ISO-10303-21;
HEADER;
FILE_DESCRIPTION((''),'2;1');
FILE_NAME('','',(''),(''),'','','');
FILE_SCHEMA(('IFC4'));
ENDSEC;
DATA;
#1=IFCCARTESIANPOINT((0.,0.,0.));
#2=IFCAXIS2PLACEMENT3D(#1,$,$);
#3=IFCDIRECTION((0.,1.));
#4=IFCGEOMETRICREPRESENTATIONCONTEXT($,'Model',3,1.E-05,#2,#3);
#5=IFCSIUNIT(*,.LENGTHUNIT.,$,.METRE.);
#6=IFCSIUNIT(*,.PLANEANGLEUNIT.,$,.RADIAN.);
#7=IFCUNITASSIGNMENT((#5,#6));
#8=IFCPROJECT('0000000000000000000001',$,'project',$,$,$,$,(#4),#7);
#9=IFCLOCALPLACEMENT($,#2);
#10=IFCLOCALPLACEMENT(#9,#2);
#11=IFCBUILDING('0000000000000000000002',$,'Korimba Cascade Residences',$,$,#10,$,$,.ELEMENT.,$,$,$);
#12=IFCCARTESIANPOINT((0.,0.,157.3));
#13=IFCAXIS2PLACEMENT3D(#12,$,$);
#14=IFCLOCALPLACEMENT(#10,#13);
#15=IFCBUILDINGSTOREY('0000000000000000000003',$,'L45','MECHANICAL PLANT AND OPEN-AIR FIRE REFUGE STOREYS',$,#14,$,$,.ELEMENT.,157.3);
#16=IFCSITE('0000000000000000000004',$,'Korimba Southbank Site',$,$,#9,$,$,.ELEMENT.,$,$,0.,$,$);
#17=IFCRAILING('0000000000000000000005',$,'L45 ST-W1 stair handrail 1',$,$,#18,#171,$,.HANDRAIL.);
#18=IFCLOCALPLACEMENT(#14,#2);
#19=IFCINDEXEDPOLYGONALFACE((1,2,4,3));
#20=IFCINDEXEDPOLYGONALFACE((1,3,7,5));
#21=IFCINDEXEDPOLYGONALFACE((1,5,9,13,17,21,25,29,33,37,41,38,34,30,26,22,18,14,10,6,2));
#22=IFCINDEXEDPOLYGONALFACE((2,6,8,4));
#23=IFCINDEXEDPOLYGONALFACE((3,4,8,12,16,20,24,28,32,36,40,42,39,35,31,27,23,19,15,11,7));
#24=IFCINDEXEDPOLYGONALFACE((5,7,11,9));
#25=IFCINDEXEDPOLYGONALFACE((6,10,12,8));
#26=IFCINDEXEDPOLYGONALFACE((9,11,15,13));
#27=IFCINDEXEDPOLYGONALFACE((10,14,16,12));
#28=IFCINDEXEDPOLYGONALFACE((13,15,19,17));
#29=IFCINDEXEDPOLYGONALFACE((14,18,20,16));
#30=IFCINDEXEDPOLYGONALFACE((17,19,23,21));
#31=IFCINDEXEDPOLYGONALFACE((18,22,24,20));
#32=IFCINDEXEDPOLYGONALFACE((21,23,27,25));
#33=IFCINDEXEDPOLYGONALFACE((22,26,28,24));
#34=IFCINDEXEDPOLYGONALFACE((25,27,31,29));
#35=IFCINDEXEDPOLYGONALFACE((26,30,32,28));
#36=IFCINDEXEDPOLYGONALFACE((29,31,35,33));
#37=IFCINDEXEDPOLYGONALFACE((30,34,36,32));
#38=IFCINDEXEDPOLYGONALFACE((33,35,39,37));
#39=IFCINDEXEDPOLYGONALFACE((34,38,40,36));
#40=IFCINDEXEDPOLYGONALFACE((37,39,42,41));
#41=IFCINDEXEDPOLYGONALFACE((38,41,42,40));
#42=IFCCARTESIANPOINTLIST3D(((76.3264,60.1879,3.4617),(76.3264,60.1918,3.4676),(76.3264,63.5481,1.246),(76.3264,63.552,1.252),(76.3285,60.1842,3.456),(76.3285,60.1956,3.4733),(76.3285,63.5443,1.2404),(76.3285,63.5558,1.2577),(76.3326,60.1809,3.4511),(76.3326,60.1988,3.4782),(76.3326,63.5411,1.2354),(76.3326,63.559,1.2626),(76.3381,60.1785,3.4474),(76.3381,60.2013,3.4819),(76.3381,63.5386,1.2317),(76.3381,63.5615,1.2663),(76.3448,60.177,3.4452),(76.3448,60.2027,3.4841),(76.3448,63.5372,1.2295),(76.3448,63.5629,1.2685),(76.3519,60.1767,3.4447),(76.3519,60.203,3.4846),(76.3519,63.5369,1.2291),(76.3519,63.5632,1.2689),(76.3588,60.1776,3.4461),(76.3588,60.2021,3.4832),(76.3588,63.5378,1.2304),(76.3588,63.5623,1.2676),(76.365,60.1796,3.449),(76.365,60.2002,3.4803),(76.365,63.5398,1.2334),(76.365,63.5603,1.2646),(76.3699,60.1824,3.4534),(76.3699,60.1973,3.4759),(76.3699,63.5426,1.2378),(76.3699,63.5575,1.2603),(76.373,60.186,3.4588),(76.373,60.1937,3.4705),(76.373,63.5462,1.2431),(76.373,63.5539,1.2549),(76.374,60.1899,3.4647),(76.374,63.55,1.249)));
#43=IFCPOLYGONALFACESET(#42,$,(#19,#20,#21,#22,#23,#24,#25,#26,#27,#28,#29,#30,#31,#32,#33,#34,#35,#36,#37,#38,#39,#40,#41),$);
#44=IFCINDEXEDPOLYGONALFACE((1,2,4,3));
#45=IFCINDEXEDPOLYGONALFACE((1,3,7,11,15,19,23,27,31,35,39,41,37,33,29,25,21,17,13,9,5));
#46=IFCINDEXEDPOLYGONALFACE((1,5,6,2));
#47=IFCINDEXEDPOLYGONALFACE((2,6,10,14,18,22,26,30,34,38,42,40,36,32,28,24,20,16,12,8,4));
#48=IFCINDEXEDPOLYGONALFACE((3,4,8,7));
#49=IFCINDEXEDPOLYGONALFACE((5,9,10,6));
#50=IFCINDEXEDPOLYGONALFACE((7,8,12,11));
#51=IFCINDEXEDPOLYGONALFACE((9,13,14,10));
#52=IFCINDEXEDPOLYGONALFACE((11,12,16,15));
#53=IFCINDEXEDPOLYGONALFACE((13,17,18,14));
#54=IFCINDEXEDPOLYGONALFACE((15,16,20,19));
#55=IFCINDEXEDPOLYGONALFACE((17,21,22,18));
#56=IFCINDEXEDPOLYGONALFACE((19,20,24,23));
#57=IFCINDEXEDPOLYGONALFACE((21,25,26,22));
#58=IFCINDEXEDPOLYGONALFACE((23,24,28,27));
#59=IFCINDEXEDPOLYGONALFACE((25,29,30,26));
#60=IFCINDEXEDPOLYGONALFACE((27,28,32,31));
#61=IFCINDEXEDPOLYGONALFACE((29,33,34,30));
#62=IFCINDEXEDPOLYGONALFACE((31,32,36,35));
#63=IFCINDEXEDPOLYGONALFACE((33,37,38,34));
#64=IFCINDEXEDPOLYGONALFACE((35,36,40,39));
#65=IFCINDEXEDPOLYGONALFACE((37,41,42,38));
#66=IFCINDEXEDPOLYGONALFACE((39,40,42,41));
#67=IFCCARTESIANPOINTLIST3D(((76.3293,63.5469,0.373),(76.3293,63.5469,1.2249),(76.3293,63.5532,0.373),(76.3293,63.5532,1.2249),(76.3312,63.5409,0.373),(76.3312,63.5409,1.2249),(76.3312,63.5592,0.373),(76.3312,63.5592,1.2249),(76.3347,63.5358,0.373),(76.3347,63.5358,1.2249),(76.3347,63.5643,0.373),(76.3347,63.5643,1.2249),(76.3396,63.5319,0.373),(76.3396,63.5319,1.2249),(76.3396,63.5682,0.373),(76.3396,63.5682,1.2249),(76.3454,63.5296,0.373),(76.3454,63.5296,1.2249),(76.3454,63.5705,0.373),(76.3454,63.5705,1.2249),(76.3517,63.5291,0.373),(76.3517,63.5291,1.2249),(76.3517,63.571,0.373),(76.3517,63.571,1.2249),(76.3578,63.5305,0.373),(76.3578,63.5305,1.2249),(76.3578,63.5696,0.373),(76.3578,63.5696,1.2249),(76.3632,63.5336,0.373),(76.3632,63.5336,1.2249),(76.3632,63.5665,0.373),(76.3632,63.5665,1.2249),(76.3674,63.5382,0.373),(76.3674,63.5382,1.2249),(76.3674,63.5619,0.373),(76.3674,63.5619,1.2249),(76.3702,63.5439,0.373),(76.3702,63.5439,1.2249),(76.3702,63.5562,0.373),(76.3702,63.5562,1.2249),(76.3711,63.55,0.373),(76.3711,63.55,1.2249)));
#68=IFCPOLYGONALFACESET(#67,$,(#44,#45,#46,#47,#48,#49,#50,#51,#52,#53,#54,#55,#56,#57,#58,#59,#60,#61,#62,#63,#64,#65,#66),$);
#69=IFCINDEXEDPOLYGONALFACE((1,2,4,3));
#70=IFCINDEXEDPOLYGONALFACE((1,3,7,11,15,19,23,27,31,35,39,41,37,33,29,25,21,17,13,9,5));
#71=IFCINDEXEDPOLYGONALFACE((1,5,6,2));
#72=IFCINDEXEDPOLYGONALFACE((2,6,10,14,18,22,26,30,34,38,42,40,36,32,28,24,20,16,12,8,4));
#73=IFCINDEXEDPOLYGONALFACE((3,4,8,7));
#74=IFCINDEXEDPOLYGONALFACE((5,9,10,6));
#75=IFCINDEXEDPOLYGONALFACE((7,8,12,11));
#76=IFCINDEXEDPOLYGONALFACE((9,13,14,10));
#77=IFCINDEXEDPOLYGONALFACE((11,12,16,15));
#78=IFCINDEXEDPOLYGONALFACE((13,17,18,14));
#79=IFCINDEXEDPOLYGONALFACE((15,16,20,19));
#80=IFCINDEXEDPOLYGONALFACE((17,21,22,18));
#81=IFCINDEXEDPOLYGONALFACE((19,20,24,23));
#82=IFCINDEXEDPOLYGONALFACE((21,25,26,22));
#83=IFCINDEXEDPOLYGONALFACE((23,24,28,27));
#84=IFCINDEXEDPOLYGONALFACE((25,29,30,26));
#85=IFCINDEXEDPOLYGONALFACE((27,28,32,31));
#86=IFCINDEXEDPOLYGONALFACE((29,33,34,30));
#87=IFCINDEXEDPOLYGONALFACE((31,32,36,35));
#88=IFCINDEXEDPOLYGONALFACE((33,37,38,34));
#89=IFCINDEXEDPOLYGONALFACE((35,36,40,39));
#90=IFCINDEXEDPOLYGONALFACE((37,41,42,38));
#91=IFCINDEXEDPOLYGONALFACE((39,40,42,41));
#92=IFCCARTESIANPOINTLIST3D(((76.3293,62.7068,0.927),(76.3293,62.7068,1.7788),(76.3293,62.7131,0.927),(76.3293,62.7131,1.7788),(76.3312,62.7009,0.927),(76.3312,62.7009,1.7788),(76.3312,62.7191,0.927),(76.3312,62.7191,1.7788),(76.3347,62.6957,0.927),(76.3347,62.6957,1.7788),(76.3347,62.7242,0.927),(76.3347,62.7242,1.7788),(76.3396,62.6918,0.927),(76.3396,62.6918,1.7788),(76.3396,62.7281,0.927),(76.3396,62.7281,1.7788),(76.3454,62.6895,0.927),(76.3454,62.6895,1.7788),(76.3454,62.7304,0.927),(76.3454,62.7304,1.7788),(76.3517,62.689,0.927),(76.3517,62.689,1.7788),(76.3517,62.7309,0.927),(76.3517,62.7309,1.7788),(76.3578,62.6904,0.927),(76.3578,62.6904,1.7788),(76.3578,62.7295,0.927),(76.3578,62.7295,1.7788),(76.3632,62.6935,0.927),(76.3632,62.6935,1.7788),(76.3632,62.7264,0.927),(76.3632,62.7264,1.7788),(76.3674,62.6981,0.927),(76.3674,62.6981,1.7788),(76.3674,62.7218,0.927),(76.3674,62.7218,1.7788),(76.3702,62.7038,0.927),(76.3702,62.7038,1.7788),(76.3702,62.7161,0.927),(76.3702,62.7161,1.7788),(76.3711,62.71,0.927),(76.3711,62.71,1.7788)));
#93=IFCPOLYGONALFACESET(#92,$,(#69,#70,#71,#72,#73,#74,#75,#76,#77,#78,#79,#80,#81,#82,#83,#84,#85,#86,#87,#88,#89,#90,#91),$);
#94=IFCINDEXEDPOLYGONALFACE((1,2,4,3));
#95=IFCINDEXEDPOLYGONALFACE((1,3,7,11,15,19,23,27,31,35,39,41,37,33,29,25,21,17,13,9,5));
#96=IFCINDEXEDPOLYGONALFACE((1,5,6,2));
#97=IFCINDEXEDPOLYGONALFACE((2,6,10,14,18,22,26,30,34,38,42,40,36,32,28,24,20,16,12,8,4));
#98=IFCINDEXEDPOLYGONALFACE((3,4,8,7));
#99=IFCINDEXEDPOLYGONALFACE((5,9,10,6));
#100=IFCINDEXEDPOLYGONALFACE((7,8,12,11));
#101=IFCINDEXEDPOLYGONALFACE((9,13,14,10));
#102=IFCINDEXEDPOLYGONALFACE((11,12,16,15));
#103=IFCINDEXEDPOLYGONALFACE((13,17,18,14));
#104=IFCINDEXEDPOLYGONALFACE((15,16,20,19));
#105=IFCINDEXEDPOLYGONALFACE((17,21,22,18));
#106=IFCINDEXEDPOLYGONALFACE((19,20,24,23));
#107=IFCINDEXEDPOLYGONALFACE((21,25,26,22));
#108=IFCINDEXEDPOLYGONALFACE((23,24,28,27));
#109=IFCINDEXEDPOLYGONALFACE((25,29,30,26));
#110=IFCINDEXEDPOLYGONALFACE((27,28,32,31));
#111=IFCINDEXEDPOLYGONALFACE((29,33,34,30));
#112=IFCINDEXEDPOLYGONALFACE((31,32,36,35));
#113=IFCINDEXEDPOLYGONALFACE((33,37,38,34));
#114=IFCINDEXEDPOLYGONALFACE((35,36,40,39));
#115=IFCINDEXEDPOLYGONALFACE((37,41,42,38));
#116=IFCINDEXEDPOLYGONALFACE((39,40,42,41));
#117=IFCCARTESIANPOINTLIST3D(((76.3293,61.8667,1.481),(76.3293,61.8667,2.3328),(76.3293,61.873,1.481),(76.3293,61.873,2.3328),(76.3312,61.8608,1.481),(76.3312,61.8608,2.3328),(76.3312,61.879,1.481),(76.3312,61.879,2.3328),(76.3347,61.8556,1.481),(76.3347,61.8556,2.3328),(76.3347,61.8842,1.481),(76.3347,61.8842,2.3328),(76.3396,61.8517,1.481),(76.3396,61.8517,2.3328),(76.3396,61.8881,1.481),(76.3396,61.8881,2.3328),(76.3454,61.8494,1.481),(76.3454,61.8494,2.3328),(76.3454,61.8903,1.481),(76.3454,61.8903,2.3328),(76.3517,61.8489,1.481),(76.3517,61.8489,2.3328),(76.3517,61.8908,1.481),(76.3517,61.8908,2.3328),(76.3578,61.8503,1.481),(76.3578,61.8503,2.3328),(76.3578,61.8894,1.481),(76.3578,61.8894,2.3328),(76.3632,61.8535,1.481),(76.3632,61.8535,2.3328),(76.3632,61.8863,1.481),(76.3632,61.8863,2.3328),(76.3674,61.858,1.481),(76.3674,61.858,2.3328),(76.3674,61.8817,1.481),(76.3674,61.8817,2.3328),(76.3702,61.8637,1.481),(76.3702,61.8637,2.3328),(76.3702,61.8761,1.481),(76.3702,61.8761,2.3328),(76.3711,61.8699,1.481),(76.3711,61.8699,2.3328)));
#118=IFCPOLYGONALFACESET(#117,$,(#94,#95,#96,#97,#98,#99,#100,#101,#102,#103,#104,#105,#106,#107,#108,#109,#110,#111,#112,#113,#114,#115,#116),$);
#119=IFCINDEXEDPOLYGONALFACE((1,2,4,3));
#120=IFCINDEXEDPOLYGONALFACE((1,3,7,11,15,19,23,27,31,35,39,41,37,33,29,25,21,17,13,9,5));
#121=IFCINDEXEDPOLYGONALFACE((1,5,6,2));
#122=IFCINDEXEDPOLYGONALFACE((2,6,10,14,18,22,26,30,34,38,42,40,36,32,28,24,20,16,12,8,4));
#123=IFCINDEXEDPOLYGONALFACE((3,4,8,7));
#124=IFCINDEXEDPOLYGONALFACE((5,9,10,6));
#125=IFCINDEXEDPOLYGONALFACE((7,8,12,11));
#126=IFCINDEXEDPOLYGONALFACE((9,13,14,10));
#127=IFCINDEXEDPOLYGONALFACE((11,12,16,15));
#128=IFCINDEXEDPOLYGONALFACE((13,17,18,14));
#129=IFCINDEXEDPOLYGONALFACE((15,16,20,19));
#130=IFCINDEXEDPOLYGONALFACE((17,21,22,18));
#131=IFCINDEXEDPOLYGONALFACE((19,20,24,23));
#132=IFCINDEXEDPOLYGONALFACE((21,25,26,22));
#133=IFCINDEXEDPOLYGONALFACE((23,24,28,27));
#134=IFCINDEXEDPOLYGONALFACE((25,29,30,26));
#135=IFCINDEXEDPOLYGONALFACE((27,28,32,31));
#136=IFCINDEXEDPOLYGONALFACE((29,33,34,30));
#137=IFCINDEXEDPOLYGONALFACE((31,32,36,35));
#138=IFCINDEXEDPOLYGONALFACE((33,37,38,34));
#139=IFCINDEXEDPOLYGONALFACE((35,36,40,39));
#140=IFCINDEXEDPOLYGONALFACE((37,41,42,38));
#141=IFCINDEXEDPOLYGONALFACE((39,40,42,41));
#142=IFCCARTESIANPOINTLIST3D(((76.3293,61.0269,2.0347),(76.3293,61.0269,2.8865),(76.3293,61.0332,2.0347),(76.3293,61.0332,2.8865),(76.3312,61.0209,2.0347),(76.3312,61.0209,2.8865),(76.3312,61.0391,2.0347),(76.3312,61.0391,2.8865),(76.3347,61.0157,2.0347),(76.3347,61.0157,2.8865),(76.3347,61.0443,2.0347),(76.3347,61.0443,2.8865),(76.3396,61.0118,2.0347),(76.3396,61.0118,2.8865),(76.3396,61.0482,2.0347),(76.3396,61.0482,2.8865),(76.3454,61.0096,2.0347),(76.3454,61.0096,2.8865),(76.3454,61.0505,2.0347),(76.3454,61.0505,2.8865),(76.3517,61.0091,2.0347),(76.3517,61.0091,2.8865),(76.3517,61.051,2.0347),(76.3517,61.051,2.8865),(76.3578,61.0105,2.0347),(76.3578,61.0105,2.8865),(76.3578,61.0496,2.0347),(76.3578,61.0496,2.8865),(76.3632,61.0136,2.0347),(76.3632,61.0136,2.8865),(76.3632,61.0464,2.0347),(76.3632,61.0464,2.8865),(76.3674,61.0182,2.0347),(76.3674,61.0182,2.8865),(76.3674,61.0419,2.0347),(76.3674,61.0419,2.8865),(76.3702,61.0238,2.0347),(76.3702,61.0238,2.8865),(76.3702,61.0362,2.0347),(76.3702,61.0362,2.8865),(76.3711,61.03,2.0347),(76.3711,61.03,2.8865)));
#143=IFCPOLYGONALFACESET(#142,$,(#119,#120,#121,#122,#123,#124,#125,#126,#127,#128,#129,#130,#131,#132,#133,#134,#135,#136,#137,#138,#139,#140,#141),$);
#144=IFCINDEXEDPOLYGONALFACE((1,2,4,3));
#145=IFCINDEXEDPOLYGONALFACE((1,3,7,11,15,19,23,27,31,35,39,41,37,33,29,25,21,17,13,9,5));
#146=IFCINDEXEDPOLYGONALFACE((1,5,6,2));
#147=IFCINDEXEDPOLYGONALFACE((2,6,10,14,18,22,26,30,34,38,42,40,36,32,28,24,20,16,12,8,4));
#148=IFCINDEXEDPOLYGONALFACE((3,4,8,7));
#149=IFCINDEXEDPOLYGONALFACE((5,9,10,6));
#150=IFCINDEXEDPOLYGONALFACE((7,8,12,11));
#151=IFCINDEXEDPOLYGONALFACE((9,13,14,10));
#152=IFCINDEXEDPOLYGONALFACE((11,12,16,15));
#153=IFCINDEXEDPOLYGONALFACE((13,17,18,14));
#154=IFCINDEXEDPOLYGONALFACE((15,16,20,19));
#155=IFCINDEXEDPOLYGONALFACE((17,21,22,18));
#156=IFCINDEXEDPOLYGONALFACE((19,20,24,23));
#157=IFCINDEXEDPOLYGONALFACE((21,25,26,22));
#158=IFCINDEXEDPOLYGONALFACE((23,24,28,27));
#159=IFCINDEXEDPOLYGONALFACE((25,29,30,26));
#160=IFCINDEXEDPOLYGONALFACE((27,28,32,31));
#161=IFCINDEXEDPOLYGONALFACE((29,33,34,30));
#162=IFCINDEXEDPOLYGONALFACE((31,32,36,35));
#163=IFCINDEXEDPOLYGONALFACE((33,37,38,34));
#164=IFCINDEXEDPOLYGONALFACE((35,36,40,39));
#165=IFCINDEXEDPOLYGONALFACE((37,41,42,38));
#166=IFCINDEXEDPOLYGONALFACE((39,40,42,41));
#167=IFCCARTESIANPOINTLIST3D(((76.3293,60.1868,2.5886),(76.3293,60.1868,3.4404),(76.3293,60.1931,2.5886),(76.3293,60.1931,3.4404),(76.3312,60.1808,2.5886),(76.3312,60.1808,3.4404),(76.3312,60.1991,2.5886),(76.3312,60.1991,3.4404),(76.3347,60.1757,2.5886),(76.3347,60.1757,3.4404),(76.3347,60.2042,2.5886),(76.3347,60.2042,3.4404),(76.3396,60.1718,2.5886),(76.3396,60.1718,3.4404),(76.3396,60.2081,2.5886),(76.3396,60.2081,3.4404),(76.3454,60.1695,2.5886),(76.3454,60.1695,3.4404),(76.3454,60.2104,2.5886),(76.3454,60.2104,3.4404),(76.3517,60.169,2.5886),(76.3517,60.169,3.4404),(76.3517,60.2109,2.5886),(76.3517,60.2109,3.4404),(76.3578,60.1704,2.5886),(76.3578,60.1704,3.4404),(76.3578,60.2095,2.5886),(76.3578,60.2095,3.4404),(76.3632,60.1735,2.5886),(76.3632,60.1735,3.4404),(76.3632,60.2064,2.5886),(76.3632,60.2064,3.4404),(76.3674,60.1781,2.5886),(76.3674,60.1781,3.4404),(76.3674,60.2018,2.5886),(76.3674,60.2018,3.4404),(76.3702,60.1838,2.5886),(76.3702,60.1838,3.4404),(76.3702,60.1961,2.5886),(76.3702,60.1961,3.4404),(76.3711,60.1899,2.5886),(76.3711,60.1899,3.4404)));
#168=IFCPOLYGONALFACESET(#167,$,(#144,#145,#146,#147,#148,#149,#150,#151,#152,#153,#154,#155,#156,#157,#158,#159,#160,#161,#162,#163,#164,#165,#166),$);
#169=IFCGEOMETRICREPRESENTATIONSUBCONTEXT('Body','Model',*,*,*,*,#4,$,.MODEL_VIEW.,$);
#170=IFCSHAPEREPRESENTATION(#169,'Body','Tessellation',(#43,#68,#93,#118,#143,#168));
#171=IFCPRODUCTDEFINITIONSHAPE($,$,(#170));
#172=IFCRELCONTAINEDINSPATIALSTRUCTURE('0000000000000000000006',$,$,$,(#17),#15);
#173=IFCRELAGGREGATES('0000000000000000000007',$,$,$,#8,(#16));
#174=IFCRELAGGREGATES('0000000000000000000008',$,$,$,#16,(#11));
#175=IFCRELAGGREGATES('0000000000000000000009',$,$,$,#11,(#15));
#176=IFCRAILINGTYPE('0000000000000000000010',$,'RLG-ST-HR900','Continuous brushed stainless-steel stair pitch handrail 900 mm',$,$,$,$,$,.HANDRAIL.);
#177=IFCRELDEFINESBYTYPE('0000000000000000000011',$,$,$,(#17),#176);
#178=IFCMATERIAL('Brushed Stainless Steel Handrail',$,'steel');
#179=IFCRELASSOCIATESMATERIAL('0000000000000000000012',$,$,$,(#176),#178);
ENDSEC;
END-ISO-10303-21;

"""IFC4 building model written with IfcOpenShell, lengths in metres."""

from ifc_helpers import new_model, si_unit, direction, frame, origin, origin_2d, place, context, subcontext, project, spatial, circle, extrude, material, type_object, element, save


model = new_model("IFC4")

# Units and contexts
model_context = context("Model", 3, precision=1e-05, world=origin(), true_north=direction((0.0, 1.0)))
body_context = subcontext(model_context, "Body", "Model", "MODEL_VIEW")
ifc_project = project(units=[si_unit("LENGTHUNIT", "METRE"), si_unit("PLANEANGLEUNIT", "RADIAN")], contexts=[model_context])

# Site, building, storey
site_placement = place(None, origin())
site = spatial("IfcSite", under=ifc_project, at=site_placement, Name="Korimba Southbank Site", CompositionType="ELEMENT", RefElevation=0.0)
building_placement = place(site_placement, origin())
building = spatial("IfcBuilding", under=site, at=building_placement, Name="Korimba Cascade Residences", CompositionType="ELEMENT")
storey_placement = place(building_placement, frame((0.0, 0.0, 157.3)))
storey = spatial("IfcBuildingStorey", under=building, at=storey_placement, Name="L45", Description="MECHANICAL PLANT AND OPEN-AIR FIRE REFUGE STOREYS", CompositionType="ELEMENT", Elevation=157.3)

# Railing
ifc_material_1 = material(Name="Brushed Stainless Steel Handrail", Category="steel")
railing_type_1 = type_object("IfcRailingType", Name="RLG-ST-HR900", Description="Continuous brushed stainless-steel stair pitch handrail 900 mm", PredefinedType="HANDRAIL", material=ifc_material_1)
railing_1_placement = place(storey_placement, frame((76.3501, 63.55, 0.373)))
element("IfcRailing", 1, at=railing_1_placement, inside=storey, type_object=railing_type_1, Name="L45 ST-W1 stair handrail 1", PredefinedType="HANDRAIL", context=body_context, shape_type="SweptSolid", body=[
    extrude(circle(Radius=0.0239, at=origin_2d()), frame((0.0, 0.0, 0.876), z_axis=(0.0, -0.834849, 0.55048), x_axis=(1.0, 0.0, 0.0)), (0.0, 0.0, 1.0), 4.0249),
    extrude(circle(Radius=0.021, at=origin_2d()), origin(), (0.0, 0.0, 1.0), 0.8518),
    extrude(circle(Radius=0.021, at=origin_2d()), frame((0.0, -0.8401, 0.554)), (0.0, 0.0, 1.0), 0.8518),
    extrude(circle(Radius=0.021, at=origin_2d()), frame((0.0, -1.6802, 1.1079)), (0.0, 0.0, 1.0), 0.8518),
    extrude(circle(Radius=0.021, at=origin_2d()), frame((0.0, -2.52, 1.6616)), (0.0, 0.0, 1.0), 0.8518),
    extrude(circle(Radius=0.021, at=origin_2d()), frame((0.0, -3.3601, 2.2156)), (0.0, 0.0, 1.0), 0.8518),
])

save(model, "model.ifc")
